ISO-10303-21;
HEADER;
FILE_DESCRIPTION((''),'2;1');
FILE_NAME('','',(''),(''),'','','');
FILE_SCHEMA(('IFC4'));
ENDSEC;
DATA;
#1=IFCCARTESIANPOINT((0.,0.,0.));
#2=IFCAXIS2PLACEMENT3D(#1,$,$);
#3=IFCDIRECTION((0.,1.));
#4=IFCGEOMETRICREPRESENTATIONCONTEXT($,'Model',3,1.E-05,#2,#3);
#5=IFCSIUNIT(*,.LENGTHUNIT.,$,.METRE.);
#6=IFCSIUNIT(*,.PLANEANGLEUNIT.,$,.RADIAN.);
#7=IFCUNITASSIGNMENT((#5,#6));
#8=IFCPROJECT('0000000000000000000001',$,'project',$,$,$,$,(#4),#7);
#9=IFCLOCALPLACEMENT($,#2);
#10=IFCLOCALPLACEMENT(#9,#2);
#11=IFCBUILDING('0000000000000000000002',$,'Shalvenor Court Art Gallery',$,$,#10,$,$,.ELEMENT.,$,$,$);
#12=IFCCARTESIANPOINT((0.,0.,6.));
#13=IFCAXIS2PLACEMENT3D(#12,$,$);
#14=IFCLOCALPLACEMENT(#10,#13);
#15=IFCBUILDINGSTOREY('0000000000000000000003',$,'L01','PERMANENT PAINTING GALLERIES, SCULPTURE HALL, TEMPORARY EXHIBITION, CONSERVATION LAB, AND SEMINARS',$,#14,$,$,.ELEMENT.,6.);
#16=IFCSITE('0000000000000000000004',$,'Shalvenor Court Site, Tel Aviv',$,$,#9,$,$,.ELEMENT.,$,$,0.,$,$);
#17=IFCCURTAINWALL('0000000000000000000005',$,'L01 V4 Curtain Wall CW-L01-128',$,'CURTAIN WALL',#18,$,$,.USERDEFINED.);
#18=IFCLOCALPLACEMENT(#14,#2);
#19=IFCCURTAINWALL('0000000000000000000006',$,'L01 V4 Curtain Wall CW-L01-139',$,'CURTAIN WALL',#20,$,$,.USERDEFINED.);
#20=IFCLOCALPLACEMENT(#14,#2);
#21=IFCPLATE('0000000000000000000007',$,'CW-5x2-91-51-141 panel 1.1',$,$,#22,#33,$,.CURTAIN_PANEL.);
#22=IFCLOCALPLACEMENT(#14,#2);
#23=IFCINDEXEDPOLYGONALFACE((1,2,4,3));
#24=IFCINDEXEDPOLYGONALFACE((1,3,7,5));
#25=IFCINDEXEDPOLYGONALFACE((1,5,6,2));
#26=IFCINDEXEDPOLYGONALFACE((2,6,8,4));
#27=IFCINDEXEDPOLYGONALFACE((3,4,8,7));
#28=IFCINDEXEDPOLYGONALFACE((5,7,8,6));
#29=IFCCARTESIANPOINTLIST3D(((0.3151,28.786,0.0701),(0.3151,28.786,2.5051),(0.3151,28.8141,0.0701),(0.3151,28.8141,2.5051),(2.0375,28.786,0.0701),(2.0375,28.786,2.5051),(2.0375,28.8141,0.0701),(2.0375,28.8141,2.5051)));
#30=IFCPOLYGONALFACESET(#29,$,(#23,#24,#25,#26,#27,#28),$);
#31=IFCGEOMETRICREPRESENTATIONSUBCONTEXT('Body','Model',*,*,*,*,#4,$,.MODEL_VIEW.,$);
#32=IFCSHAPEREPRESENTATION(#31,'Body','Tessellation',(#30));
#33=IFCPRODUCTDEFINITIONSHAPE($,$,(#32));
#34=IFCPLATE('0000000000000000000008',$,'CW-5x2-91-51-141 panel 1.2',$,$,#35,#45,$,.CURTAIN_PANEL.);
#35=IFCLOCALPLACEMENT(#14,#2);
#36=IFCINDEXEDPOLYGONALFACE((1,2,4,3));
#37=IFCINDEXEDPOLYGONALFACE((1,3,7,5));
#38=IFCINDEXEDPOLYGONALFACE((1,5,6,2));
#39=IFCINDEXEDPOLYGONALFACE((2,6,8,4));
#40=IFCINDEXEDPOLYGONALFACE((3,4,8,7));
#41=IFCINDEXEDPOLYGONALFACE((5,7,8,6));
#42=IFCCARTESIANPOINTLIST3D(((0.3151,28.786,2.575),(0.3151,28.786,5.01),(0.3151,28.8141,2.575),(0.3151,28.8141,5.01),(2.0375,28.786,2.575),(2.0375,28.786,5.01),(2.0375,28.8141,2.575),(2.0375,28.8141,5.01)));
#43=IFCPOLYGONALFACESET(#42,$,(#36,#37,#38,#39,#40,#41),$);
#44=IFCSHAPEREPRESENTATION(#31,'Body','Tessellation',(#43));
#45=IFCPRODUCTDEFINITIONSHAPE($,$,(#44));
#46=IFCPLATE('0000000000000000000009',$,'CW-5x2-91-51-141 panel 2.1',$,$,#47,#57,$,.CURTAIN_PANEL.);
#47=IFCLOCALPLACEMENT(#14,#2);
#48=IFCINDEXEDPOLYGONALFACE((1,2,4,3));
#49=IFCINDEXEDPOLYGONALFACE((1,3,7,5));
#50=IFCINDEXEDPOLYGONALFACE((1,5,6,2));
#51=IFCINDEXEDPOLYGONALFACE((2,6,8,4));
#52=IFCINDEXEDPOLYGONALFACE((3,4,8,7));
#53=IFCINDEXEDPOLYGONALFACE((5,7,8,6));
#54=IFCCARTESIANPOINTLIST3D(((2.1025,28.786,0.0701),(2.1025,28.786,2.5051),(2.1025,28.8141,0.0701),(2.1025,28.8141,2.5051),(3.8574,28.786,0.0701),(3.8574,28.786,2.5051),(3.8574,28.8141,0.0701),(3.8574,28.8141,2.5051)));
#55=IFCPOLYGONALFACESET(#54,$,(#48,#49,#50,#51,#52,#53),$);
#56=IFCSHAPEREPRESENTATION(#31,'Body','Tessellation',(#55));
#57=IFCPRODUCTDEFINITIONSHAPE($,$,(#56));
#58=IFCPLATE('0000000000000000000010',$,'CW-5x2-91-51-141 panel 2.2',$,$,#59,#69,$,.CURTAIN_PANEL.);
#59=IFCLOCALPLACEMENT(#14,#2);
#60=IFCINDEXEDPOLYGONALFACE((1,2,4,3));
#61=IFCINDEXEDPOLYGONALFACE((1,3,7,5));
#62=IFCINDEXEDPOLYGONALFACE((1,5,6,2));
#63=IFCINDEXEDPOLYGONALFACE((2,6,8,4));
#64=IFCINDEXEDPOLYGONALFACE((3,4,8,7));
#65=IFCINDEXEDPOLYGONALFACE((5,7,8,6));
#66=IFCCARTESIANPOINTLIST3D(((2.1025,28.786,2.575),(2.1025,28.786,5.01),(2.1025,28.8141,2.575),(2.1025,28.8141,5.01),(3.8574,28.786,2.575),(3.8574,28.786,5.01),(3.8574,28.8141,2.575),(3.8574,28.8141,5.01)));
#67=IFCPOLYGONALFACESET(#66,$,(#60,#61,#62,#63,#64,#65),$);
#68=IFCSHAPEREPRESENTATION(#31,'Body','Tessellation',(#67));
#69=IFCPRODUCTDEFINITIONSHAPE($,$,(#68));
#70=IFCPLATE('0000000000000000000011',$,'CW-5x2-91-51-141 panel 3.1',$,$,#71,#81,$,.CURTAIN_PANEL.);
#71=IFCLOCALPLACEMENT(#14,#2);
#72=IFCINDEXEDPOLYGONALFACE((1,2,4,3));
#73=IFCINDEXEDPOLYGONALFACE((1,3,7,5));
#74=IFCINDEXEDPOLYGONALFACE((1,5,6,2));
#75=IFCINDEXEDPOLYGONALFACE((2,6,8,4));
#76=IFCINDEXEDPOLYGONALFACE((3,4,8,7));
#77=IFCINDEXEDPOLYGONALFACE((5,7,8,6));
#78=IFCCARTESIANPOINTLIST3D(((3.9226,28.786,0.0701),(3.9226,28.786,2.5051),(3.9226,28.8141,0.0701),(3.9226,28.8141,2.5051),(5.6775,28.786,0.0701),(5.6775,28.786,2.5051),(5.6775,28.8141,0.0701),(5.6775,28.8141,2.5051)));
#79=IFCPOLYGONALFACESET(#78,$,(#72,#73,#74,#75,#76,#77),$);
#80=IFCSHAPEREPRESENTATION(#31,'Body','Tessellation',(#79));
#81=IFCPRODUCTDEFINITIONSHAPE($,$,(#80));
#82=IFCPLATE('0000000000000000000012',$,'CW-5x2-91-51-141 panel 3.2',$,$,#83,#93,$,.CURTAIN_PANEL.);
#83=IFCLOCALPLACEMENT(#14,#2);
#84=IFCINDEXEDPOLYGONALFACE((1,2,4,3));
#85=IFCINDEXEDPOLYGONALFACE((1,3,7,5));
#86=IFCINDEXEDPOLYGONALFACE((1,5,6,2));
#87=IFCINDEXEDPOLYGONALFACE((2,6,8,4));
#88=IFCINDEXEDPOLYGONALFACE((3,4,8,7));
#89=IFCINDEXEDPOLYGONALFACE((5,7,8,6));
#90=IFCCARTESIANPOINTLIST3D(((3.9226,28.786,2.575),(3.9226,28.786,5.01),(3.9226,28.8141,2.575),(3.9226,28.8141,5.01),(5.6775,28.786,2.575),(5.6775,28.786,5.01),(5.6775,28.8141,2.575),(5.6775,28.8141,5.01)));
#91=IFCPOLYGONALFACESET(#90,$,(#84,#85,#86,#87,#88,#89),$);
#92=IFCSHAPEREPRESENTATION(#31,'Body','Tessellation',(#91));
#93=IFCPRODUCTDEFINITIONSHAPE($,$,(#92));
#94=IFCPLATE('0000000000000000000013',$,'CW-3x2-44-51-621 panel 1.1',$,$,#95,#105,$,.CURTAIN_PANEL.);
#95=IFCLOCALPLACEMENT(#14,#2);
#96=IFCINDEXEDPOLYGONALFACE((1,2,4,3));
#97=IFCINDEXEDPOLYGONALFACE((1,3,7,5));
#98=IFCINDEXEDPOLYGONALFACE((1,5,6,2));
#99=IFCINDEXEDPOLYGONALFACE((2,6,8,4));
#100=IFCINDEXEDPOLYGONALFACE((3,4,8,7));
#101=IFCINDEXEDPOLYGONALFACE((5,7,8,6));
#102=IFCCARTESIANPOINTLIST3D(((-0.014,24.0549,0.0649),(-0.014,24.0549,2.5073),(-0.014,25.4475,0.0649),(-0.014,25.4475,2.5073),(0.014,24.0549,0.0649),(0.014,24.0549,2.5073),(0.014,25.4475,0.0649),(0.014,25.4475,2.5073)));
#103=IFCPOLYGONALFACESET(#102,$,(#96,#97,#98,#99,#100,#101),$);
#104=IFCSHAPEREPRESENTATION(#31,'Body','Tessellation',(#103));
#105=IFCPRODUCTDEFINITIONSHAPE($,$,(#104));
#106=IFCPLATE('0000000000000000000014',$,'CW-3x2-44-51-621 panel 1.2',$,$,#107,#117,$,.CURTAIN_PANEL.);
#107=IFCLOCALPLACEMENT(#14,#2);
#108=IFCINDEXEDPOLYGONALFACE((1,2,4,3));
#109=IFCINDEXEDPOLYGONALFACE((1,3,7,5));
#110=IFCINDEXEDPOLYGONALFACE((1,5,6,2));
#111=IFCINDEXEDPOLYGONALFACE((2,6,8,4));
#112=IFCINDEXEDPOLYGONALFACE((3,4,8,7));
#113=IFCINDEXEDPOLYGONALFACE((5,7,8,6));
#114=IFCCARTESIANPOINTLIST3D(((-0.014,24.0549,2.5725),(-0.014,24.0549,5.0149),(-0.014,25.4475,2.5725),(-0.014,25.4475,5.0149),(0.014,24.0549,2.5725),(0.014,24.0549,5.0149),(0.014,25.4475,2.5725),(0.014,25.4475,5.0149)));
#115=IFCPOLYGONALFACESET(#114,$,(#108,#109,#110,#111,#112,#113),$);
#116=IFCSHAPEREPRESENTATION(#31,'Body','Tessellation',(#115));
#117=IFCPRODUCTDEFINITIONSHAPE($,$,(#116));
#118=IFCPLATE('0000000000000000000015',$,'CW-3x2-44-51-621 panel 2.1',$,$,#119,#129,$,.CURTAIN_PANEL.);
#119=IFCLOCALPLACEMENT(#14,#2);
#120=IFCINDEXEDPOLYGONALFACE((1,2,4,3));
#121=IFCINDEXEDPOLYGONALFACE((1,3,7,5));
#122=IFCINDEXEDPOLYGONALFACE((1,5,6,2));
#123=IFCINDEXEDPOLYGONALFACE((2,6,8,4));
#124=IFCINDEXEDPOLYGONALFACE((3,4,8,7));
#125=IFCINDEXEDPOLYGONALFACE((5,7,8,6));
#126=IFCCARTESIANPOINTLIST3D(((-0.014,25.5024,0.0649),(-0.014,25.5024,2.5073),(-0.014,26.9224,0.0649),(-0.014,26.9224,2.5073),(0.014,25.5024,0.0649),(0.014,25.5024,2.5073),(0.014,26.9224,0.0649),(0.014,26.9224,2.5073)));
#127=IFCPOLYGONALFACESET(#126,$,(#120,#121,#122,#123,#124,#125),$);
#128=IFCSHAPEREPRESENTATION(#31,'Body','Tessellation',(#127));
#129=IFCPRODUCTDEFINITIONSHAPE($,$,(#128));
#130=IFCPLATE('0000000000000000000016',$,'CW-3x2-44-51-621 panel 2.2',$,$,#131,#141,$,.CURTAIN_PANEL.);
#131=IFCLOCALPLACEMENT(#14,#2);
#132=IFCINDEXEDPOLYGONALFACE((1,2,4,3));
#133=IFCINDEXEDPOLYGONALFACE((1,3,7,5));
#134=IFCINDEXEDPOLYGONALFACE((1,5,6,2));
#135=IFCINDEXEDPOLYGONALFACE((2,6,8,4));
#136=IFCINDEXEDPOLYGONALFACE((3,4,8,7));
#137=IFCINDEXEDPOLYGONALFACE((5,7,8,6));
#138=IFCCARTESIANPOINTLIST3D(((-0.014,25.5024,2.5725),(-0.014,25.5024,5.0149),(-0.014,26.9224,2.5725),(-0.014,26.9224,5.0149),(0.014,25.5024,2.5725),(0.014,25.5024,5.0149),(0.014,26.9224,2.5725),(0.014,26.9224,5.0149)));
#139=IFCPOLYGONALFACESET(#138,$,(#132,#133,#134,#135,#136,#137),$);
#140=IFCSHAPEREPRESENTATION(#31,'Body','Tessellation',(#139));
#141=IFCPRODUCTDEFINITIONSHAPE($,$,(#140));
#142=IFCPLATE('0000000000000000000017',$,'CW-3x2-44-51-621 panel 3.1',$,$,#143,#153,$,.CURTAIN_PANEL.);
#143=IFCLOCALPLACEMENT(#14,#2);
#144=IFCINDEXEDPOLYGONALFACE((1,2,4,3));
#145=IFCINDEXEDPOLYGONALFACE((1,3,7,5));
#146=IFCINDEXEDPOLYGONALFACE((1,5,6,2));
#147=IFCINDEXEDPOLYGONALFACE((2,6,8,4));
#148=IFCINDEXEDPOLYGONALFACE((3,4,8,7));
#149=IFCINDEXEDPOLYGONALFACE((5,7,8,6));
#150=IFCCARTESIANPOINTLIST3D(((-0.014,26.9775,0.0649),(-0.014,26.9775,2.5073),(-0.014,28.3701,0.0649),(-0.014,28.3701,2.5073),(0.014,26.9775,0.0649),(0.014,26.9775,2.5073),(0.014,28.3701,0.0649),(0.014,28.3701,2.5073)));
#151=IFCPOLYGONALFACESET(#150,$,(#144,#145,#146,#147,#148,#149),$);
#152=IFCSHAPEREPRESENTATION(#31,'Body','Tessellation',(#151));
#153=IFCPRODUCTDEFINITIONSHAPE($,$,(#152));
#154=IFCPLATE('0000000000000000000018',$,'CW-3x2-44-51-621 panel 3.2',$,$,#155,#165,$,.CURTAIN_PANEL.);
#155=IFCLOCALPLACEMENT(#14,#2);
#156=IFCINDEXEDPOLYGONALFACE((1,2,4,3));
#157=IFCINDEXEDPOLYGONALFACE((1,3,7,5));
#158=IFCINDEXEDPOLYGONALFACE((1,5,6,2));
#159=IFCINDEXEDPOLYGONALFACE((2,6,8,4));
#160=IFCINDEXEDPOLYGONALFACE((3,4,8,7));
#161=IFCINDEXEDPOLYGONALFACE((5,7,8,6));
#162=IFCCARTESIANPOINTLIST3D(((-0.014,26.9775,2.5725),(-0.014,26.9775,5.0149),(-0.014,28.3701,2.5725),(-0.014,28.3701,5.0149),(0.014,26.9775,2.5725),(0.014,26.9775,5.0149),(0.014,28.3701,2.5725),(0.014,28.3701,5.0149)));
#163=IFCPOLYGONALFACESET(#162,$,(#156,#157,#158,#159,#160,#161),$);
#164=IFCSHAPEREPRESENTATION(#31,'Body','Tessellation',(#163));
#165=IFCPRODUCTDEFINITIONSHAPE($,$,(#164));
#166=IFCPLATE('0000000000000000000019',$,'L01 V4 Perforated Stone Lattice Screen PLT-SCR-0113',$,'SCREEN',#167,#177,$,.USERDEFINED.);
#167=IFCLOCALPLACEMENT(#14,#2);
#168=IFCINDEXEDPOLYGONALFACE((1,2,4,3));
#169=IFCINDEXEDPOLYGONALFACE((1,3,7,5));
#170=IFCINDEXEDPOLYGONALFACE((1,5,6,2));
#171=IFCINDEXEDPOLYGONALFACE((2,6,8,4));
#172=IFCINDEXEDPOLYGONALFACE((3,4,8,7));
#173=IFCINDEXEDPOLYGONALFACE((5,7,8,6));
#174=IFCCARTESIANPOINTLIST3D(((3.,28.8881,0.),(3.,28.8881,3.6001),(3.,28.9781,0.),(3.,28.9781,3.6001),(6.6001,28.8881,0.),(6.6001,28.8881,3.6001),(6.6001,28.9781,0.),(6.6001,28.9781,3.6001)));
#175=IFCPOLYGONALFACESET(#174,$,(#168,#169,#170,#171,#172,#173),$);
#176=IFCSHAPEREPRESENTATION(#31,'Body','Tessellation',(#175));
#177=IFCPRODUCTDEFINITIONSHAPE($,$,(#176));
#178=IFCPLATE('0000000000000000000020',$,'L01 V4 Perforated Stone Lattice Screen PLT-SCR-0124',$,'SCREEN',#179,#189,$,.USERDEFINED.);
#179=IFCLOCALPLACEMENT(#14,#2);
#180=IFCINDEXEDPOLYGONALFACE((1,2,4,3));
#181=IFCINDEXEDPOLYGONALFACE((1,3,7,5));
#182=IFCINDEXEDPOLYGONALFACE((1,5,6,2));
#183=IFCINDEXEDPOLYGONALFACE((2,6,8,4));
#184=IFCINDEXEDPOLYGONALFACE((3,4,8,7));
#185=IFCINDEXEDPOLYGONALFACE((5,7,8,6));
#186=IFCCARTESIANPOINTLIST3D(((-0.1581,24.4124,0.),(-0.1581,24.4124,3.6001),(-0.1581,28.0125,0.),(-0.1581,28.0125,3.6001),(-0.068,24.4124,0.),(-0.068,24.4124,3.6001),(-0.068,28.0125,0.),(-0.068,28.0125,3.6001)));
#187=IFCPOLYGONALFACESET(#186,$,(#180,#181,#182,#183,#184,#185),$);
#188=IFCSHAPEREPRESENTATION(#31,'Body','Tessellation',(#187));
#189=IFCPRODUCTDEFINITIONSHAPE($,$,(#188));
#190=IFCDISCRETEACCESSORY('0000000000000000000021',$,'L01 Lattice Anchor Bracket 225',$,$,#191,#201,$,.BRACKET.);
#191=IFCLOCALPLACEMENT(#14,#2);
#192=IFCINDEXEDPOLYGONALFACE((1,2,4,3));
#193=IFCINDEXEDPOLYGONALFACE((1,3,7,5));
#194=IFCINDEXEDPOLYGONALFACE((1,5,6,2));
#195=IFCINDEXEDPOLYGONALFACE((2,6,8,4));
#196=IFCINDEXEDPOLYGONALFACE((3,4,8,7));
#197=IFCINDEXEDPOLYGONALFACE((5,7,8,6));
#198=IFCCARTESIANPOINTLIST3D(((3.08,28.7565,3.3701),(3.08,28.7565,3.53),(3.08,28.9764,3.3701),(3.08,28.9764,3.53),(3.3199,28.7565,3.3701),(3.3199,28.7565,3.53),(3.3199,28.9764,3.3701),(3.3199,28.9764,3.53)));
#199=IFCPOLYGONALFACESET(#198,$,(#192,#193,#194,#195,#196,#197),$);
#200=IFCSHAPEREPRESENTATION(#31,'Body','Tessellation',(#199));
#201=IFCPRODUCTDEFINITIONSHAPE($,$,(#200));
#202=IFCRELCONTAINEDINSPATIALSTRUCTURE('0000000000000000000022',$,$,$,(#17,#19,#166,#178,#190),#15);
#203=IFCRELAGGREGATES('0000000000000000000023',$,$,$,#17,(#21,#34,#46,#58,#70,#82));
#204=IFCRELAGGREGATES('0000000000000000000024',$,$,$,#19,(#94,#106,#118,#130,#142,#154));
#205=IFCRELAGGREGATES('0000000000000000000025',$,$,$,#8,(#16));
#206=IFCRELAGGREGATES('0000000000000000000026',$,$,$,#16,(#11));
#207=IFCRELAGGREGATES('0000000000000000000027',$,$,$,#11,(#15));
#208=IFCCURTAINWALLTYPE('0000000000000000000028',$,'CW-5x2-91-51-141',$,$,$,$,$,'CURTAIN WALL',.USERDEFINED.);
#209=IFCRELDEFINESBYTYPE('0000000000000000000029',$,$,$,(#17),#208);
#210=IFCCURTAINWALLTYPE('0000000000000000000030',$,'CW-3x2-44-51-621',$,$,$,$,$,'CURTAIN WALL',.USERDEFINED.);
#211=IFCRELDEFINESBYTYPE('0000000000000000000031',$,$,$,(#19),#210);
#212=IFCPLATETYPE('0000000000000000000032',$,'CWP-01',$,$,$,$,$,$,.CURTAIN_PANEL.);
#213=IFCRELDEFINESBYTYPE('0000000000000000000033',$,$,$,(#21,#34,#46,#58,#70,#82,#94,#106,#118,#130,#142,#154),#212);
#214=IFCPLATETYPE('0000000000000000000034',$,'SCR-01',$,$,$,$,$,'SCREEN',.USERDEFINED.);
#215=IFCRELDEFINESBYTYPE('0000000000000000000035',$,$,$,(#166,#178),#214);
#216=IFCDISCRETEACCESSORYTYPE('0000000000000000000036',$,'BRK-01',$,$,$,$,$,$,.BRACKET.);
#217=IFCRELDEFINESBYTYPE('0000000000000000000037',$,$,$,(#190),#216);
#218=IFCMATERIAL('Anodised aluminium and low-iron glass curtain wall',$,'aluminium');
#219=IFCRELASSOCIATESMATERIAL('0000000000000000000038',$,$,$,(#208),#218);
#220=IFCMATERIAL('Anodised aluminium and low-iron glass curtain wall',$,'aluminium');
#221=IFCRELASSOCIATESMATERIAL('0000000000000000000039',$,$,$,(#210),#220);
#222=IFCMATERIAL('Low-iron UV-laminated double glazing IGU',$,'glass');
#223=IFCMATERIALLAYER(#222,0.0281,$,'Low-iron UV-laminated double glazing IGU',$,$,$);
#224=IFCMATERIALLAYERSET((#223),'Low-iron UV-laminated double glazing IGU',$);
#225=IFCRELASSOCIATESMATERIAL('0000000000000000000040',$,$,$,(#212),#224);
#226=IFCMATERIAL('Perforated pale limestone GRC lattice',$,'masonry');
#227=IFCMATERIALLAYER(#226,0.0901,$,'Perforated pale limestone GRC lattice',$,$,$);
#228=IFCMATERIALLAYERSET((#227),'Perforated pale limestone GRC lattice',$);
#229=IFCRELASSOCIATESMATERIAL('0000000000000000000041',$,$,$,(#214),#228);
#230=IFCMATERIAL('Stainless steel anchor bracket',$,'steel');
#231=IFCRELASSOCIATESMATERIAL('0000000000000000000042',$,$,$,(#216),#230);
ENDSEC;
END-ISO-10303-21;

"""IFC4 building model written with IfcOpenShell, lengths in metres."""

from ifc_helpers import new_model, si_unit, direction, frame, origin, origin_2d, place, context, subcontext, project, spatial, rectangle, extrude, material, layer, layer_set, type_object, element, aggregate, save


model = new_model("IFC4")

# Units and contexts
model_context = context("Model", 3, precision=1e-05, world=origin(), true_north=direction((0.0, 1.0)))
body_context = subcontext(model_context, "Body", "Model", "MODEL_VIEW")
ifc_project = project(units=[si_unit("LENGTHUNIT", "METRE"), si_unit("PLANEANGLEUNIT", "RADIAN")], contexts=[model_context])

# Site, building, storey
site_placement = place(None, origin())
site = spatial("IfcSite", under=ifc_project, at=site_placement, Name="Shalvenor Court Site, Tel Aviv", CompositionType="ELEMENT", RefElevation=0.0)
building_placement = place(site_placement, origin())
building = spatial("IfcBuilding", under=site, at=building_placement, Name="Shalvenor Court Art Gallery", CompositionType="ELEMENT")
storey_placement = place(building_placement, frame((0.0, 0.0, 6.0)))
storey = spatial("IfcBuildingStorey", under=building, at=storey_placement, Name="L01", Description="PERMANENT PAINTING GALLERIES, SCULPTURE HALL, TEMPORARY EXHIBITION, CONSERVATION LAB, AND SEMINARS", CompositionType="ELEMENT", Elevation=6.0)

# Curtain walls
ifc_material_1 = material(Name="Anodised aluminium and low-iron glass curtain wall", Category="aluminium")
curtain_wall_type_1 = type_object("IfcCurtainWallType", Name="CW-5x2-91-51-141", ElementType="CURTAIN WALL", PredefinedType="USERDEFINED", material=ifc_material_1)
curtain_wall_1_placement = place(storey_placement, origin())
curtain_wall_1 = element("IfcCurtainWall", 1, at=curtain_wall_1_placement, inside=storey, type_object=curtain_wall_type_1, Name="L01 V4 Curtain Wall CW-L01-128", ObjectType="CURTAIN WALL", PredefinedType="USERDEFINED")
ifc_material_2 = material(Name="Anodised aluminium and low-iron glass curtain wall", Category="aluminium")
curtain_wall_type_2 = type_object("IfcCurtainWallType", Name="CW-3x2-44-51-621", ElementType="CURTAIN WALL", PredefinedType="USERDEFINED", material=ifc_material_2)
curtain_wall_2_placement = place(storey_placement, origin())
curtain_wall_2 = element("IfcCurtainWall", 2, at=curtain_wall_2_placement, inside=storey, type_object=curtain_wall_type_2, Name="L01 V4 Curtain Wall CW-L01-139", ObjectType="CURTAIN WALL", PredefinedType="USERDEFINED")

# Plates
ifc_material_3 = material(Name="Low-iron UV-laminated double glazing IGU", Category="glass")
ifc_layer_1 = layer(ifc_material_3, 0.0281, Name="Low-iron UV-laminated double glazing IGU")
ifc_layer_set_1 = layer_set([ifc_layer_1], Name="Low-iron UV-laminated double glazing IGU")
plate_type_1 = type_object("IfcPlateType", Name="CWP-01", PredefinedType="CURTAIN_PANEL", material=ifc_layer_set_1)
plate_1_placement = place(storey_placement, frame((1.1763, 28.8, 0.0701), z_axis=(0.0, 0.0, 1.0), x_axis=(1.0, 0.0, 0.0)))
plate_1 = element("IfcPlate", 3, at=plate_1_placement, type_object=plate_type_1, Name="CW-5x2-91-51-141 panel 1.1", PredefinedType="CURTAIN_PANEL", context=body_context, shape_type="SweptSolid", body=[
    extrude(rectangle(XDim=1.7224, YDim=0.0281, at=origin_2d()), origin(), (0.0, 0.0, 1.0), 2.4351),
])
plate_2_placement = place(storey_placement, frame((1.1763, 28.8, 2.575), z_axis=(0.0, 0.0, 1.0), x_axis=(1.0, 0.0, 0.0)))
plate_2 = element("IfcPlate", 4, at=plate_2_placement, type_object=plate_type_1, Name="CW-5x2-91-51-141 panel 1.2", PredefinedType="CURTAIN_PANEL", context=body_context, shape_type="SweptSolid", body=[
    extrude(rectangle(XDim=1.7224, YDim=0.0281, at=origin_2d()), origin(), (0.0, 0.0, 1.0), 2.4351),
])
plate_3_placement = place(storey_placement, frame((2.98, 28.8, 0.0701), z_axis=(0.0, 0.0, 1.0), x_axis=(1.0, 0.0, 0.0)))
plate_3 = element("IfcPlate", 5, at=plate_3_placement, type_object=plate_type_1, Name="CW-5x2-91-51-141 panel 2.1", PredefinedType="CURTAIN_PANEL", context=body_context, shape_type="SweptSolid", body=[
    extrude(rectangle(XDim=1.7549, YDim=0.0281, at=origin_2d()), origin(), (0.0, 0.0, 1.0), 2.4351),
])
plate_4_placement = place(storey_placement, frame((2.98, 28.8, 2.575), z_axis=(0.0, 0.0, 1.0), x_axis=(1.0, 0.0, 0.0)))
plate_4 = element("IfcPlate", 6, at=plate_4_placement, type_object=plate_type_1, Name="CW-5x2-91-51-141 panel 2.2", PredefinedType="CURTAIN_PANEL", context=body_context, shape_type="SweptSolid", body=[
    extrude(rectangle(XDim=1.7549, YDim=0.0281, at=origin_2d()), origin(), (0.0, 0.0, 1.0), 2.4351),
])
plate_5_placement = place(storey_placement, frame((4.8, 28.8, 0.0701), z_axis=(0.0, 0.0, 1.0), x_axis=(1.0, 0.0, 0.0)))
plate_5 = element("IfcPlate", 7, at=plate_5_placement, type_object=plate_type_1, Name="CW-5x2-91-51-141 panel 3.1", PredefinedType="CURTAIN_PANEL", context=body_context, shape_type="SweptSolid", body=[
    extrude(rectangle(XDim=1.7549, YDim=0.0281, at=origin_2d()), origin(), (0.0, 0.0, 1.0), 2.4351),
])
plate_6_placement = place(storey_placement, frame((4.8, 28.8, 2.575), z_axis=(0.0, 0.0, 1.0), x_axis=(1.0, 0.0, 0.0)))
plate_6 = element("IfcPlate", 8, at=plate_6_placement, type_object=plate_type_1, Name="CW-5x2-91-51-141 panel 3.2", PredefinedType="CURTAIN_PANEL", context=body_context, shape_type="SweptSolid", body=[
    extrude(rectangle(XDim=1.7549, YDim=0.0281, at=origin_2d()), origin(), (0.0, 0.0, 1.0), 2.4351),
])
aggregate(curtain_wall_1, [plate_1, plate_2, plate_3, plate_4, plate_5, plate_6])
plate_7_placement = place(storey_placement, frame((0.0, 24.7512, 0.0649), z_axis=(0.0, 0.0, 1.0), x_axis=(0.0, 1.0, 0.0)))
plate_7 = element("IfcPlate", 9, at=plate_7_placement, type_object=plate_type_1, Name="CW-3x2-44-51-621 panel 1.1", PredefinedType="CURTAIN_PANEL", context=body_context, shape_type="SweptSolid", body=[
    extrude(rectangle(XDim=1.3926, YDim=0.0281, at=origin_2d()), origin(), (0.0, 0.0, 1.0), 2.4424),
])
plate_8_placement = place(storey_placement, frame((0.0, 24.7512, 2.5725), z_axis=(0.0, 0.0, 1.0), x_axis=(0.0, 1.0, 0.0)))
plate_8 = element("IfcPlate", 10, at=plate_8_placement, type_object=plate_type_1, Name="CW-3x2-44-51-621 panel 1.2", PredefinedType="CURTAIN_PANEL", context=body_context, shape_type="SweptSolid", body=[
    extrude(rectangle(XDim=1.3926, YDim=0.0281, at=origin_2d()), origin(), (0.0, 0.0, 1.0), 2.4424),
])
plate_9_placement = place(storey_placement, frame((0.0, 26.2124, 0.0649), z_axis=(0.0, 0.0, 1.0), x_axis=(0.0, 1.0, 0.0)))
plate_9 = element("IfcPlate", 11, at=plate_9_placement, type_object=plate_type_1, Name="CW-3x2-44-51-621 panel 2.1", PredefinedType="CURTAIN_PANEL", context=body_context, shape_type="SweptSolid", body=[
    extrude(rectangle(XDim=1.4199, YDim=0.0281, at=origin_2d()), origin(), (0.0, 0.0, 1.0), 2.4424),
])
plate_10_placement = place(storey_placement, frame((0.0, 26.2124, 2.5725), z_axis=(0.0, 0.0, 1.0), x_axis=(0.0, 1.0, 0.0)))
plate_10 = element("IfcPlate", 12, at=plate_10_placement, type_object=plate_type_1, Name="CW-3x2-44-51-621 panel 2.2", PredefinedType="CURTAIN_PANEL", context=body_context, shape_type="SweptSolid", body=[
    extrude(rectangle(XDim=1.4199, YDim=0.0281, at=origin_2d()), origin(), (0.0, 0.0, 1.0), 2.4424),
])
plate_11_placement = place(storey_placement, frame((0.0, 27.6738, 0.0649), z_axis=(0.0, 0.0, 1.0), x_axis=(0.0, 1.0, 0.0)))
plate_11 = element("IfcPlate", 13, at=plate_11_placement, type_object=plate_type_1, Name="CW-3x2-44-51-621 panel 3.1", PredefinedType="CURTAIN_PANEL", context=body_context, shape_type="SweptSolid", body=[
    extrude(rectangle(XDim=1.3926, YDim=0.0281, at=origin_2d()), origin(), (0.0, 0.0, 1.0), 2.4424),
])
plate_12_placement = place(storey_placement, frame((0.0, 27.6738, 2.5725), z_axis=(0.0, 0.0, 1.0), x_axis=(0.0, 1.0, 0.0)))
plate_12 = element("IfcPlate", 14, at=plate_12_placement, type_object=plate_type_1, Name="CW-3x2-44-51-621 panel 3.2", PredefinedType="CURTAIN_PANEL", context=body_context, shape_type="SweptSolid", body=[
    extrude(rectangle(XDim=1.3926, YDim=0.0281, at=origin_2d()), origin(), (0.0, 0.0, 1.0), 2.4424),
])
aggregate(curtain_wall_2, [plate_7, plate_8, plate_9, plate_10, plate_11, plate_12])

# Plates
ifc_material_4 = material(Name="Perforated pale limestone GRC lattice", Category="masonry")
ifc_layer_2 = layer(ifc_material_4, 0.0901, Name="Perforated pale limestone GRC lattice")
ifc_layer_set_2 = layer_set([ifc_layer_2], Name="Perforated pale limestone GRC lattice")
plate_type_2 = type_object("IfcPlateType", Name="SCR-01", ElementType="SCREEN", PredefinedType="USERDEFINED", material=ifc_layer_set_2)
for number, where, z_axis, x_axis, name in (
    (15, (4.8, 28.9331, 0.0), (0.0, 0.0, 1.0), (1.0, 0.0, 0.0), "L01 V4 Perforated Stone Lattice Screen PLT-SCR-0113"),
    (16, (-0.113, 26.2124, 0.0), (0.0, 0.0, 1.0), (0.0, 1.0, 0.0), "L01 V4 Perforated Stone Lattice Screen PLT-SCR-0124"),
):
    element("IfcPlate", number, at=place(storey_placement, frame(where, z_axis=z_axis, x_axis=x_axis)), inside=storey, type_object=plate_type_2, Name=name, ObjectType="SCREEN", PredefinedType="USERDEFINED", context=body_context, shape_type="SweptSolid", body=[
        extrude(rectangle(XDim=3.6001, YDim=0.0901, at=origin_2d()), origin(), (0.0, 0.0, 1.0), 3.6001),
    ])

# Discrete accessory
ifc_material_5 = material(Name="Stainless steel anchor bracket", Category="steel")
discrete_accessory_type = type_object("IfcDiscreteAccessoryType", Name="BRK-01", PredefinedType="BRACKET", material=ifc_material_5)
for number, where, z_axis, x_axis, name in (
    (17, (3.2, 28.8665, 3.3701), (0.0, 0.0, 1.0), (1.0, 0.0, 0.0), "L01 Lattice Anchor Bracket 225"),
):
    element("IfcDiscreteAccessory", number, at=place(storey_placement, frame(where, z_axis=z_axis, x_axis=x_axis)), inside=storey, type_object=discrete_accessory_type, Name=name, PredefinedType="BRACKET", context=body_context, shape_type="SweptSolid", body=[
        extrude(rectangle(XDim=0.24, YDim=0.22, at=origin_2d()), origin(), (0.0, 0.0, 1.0), 0.1599),
    ])

save(model, "model.ifc")
